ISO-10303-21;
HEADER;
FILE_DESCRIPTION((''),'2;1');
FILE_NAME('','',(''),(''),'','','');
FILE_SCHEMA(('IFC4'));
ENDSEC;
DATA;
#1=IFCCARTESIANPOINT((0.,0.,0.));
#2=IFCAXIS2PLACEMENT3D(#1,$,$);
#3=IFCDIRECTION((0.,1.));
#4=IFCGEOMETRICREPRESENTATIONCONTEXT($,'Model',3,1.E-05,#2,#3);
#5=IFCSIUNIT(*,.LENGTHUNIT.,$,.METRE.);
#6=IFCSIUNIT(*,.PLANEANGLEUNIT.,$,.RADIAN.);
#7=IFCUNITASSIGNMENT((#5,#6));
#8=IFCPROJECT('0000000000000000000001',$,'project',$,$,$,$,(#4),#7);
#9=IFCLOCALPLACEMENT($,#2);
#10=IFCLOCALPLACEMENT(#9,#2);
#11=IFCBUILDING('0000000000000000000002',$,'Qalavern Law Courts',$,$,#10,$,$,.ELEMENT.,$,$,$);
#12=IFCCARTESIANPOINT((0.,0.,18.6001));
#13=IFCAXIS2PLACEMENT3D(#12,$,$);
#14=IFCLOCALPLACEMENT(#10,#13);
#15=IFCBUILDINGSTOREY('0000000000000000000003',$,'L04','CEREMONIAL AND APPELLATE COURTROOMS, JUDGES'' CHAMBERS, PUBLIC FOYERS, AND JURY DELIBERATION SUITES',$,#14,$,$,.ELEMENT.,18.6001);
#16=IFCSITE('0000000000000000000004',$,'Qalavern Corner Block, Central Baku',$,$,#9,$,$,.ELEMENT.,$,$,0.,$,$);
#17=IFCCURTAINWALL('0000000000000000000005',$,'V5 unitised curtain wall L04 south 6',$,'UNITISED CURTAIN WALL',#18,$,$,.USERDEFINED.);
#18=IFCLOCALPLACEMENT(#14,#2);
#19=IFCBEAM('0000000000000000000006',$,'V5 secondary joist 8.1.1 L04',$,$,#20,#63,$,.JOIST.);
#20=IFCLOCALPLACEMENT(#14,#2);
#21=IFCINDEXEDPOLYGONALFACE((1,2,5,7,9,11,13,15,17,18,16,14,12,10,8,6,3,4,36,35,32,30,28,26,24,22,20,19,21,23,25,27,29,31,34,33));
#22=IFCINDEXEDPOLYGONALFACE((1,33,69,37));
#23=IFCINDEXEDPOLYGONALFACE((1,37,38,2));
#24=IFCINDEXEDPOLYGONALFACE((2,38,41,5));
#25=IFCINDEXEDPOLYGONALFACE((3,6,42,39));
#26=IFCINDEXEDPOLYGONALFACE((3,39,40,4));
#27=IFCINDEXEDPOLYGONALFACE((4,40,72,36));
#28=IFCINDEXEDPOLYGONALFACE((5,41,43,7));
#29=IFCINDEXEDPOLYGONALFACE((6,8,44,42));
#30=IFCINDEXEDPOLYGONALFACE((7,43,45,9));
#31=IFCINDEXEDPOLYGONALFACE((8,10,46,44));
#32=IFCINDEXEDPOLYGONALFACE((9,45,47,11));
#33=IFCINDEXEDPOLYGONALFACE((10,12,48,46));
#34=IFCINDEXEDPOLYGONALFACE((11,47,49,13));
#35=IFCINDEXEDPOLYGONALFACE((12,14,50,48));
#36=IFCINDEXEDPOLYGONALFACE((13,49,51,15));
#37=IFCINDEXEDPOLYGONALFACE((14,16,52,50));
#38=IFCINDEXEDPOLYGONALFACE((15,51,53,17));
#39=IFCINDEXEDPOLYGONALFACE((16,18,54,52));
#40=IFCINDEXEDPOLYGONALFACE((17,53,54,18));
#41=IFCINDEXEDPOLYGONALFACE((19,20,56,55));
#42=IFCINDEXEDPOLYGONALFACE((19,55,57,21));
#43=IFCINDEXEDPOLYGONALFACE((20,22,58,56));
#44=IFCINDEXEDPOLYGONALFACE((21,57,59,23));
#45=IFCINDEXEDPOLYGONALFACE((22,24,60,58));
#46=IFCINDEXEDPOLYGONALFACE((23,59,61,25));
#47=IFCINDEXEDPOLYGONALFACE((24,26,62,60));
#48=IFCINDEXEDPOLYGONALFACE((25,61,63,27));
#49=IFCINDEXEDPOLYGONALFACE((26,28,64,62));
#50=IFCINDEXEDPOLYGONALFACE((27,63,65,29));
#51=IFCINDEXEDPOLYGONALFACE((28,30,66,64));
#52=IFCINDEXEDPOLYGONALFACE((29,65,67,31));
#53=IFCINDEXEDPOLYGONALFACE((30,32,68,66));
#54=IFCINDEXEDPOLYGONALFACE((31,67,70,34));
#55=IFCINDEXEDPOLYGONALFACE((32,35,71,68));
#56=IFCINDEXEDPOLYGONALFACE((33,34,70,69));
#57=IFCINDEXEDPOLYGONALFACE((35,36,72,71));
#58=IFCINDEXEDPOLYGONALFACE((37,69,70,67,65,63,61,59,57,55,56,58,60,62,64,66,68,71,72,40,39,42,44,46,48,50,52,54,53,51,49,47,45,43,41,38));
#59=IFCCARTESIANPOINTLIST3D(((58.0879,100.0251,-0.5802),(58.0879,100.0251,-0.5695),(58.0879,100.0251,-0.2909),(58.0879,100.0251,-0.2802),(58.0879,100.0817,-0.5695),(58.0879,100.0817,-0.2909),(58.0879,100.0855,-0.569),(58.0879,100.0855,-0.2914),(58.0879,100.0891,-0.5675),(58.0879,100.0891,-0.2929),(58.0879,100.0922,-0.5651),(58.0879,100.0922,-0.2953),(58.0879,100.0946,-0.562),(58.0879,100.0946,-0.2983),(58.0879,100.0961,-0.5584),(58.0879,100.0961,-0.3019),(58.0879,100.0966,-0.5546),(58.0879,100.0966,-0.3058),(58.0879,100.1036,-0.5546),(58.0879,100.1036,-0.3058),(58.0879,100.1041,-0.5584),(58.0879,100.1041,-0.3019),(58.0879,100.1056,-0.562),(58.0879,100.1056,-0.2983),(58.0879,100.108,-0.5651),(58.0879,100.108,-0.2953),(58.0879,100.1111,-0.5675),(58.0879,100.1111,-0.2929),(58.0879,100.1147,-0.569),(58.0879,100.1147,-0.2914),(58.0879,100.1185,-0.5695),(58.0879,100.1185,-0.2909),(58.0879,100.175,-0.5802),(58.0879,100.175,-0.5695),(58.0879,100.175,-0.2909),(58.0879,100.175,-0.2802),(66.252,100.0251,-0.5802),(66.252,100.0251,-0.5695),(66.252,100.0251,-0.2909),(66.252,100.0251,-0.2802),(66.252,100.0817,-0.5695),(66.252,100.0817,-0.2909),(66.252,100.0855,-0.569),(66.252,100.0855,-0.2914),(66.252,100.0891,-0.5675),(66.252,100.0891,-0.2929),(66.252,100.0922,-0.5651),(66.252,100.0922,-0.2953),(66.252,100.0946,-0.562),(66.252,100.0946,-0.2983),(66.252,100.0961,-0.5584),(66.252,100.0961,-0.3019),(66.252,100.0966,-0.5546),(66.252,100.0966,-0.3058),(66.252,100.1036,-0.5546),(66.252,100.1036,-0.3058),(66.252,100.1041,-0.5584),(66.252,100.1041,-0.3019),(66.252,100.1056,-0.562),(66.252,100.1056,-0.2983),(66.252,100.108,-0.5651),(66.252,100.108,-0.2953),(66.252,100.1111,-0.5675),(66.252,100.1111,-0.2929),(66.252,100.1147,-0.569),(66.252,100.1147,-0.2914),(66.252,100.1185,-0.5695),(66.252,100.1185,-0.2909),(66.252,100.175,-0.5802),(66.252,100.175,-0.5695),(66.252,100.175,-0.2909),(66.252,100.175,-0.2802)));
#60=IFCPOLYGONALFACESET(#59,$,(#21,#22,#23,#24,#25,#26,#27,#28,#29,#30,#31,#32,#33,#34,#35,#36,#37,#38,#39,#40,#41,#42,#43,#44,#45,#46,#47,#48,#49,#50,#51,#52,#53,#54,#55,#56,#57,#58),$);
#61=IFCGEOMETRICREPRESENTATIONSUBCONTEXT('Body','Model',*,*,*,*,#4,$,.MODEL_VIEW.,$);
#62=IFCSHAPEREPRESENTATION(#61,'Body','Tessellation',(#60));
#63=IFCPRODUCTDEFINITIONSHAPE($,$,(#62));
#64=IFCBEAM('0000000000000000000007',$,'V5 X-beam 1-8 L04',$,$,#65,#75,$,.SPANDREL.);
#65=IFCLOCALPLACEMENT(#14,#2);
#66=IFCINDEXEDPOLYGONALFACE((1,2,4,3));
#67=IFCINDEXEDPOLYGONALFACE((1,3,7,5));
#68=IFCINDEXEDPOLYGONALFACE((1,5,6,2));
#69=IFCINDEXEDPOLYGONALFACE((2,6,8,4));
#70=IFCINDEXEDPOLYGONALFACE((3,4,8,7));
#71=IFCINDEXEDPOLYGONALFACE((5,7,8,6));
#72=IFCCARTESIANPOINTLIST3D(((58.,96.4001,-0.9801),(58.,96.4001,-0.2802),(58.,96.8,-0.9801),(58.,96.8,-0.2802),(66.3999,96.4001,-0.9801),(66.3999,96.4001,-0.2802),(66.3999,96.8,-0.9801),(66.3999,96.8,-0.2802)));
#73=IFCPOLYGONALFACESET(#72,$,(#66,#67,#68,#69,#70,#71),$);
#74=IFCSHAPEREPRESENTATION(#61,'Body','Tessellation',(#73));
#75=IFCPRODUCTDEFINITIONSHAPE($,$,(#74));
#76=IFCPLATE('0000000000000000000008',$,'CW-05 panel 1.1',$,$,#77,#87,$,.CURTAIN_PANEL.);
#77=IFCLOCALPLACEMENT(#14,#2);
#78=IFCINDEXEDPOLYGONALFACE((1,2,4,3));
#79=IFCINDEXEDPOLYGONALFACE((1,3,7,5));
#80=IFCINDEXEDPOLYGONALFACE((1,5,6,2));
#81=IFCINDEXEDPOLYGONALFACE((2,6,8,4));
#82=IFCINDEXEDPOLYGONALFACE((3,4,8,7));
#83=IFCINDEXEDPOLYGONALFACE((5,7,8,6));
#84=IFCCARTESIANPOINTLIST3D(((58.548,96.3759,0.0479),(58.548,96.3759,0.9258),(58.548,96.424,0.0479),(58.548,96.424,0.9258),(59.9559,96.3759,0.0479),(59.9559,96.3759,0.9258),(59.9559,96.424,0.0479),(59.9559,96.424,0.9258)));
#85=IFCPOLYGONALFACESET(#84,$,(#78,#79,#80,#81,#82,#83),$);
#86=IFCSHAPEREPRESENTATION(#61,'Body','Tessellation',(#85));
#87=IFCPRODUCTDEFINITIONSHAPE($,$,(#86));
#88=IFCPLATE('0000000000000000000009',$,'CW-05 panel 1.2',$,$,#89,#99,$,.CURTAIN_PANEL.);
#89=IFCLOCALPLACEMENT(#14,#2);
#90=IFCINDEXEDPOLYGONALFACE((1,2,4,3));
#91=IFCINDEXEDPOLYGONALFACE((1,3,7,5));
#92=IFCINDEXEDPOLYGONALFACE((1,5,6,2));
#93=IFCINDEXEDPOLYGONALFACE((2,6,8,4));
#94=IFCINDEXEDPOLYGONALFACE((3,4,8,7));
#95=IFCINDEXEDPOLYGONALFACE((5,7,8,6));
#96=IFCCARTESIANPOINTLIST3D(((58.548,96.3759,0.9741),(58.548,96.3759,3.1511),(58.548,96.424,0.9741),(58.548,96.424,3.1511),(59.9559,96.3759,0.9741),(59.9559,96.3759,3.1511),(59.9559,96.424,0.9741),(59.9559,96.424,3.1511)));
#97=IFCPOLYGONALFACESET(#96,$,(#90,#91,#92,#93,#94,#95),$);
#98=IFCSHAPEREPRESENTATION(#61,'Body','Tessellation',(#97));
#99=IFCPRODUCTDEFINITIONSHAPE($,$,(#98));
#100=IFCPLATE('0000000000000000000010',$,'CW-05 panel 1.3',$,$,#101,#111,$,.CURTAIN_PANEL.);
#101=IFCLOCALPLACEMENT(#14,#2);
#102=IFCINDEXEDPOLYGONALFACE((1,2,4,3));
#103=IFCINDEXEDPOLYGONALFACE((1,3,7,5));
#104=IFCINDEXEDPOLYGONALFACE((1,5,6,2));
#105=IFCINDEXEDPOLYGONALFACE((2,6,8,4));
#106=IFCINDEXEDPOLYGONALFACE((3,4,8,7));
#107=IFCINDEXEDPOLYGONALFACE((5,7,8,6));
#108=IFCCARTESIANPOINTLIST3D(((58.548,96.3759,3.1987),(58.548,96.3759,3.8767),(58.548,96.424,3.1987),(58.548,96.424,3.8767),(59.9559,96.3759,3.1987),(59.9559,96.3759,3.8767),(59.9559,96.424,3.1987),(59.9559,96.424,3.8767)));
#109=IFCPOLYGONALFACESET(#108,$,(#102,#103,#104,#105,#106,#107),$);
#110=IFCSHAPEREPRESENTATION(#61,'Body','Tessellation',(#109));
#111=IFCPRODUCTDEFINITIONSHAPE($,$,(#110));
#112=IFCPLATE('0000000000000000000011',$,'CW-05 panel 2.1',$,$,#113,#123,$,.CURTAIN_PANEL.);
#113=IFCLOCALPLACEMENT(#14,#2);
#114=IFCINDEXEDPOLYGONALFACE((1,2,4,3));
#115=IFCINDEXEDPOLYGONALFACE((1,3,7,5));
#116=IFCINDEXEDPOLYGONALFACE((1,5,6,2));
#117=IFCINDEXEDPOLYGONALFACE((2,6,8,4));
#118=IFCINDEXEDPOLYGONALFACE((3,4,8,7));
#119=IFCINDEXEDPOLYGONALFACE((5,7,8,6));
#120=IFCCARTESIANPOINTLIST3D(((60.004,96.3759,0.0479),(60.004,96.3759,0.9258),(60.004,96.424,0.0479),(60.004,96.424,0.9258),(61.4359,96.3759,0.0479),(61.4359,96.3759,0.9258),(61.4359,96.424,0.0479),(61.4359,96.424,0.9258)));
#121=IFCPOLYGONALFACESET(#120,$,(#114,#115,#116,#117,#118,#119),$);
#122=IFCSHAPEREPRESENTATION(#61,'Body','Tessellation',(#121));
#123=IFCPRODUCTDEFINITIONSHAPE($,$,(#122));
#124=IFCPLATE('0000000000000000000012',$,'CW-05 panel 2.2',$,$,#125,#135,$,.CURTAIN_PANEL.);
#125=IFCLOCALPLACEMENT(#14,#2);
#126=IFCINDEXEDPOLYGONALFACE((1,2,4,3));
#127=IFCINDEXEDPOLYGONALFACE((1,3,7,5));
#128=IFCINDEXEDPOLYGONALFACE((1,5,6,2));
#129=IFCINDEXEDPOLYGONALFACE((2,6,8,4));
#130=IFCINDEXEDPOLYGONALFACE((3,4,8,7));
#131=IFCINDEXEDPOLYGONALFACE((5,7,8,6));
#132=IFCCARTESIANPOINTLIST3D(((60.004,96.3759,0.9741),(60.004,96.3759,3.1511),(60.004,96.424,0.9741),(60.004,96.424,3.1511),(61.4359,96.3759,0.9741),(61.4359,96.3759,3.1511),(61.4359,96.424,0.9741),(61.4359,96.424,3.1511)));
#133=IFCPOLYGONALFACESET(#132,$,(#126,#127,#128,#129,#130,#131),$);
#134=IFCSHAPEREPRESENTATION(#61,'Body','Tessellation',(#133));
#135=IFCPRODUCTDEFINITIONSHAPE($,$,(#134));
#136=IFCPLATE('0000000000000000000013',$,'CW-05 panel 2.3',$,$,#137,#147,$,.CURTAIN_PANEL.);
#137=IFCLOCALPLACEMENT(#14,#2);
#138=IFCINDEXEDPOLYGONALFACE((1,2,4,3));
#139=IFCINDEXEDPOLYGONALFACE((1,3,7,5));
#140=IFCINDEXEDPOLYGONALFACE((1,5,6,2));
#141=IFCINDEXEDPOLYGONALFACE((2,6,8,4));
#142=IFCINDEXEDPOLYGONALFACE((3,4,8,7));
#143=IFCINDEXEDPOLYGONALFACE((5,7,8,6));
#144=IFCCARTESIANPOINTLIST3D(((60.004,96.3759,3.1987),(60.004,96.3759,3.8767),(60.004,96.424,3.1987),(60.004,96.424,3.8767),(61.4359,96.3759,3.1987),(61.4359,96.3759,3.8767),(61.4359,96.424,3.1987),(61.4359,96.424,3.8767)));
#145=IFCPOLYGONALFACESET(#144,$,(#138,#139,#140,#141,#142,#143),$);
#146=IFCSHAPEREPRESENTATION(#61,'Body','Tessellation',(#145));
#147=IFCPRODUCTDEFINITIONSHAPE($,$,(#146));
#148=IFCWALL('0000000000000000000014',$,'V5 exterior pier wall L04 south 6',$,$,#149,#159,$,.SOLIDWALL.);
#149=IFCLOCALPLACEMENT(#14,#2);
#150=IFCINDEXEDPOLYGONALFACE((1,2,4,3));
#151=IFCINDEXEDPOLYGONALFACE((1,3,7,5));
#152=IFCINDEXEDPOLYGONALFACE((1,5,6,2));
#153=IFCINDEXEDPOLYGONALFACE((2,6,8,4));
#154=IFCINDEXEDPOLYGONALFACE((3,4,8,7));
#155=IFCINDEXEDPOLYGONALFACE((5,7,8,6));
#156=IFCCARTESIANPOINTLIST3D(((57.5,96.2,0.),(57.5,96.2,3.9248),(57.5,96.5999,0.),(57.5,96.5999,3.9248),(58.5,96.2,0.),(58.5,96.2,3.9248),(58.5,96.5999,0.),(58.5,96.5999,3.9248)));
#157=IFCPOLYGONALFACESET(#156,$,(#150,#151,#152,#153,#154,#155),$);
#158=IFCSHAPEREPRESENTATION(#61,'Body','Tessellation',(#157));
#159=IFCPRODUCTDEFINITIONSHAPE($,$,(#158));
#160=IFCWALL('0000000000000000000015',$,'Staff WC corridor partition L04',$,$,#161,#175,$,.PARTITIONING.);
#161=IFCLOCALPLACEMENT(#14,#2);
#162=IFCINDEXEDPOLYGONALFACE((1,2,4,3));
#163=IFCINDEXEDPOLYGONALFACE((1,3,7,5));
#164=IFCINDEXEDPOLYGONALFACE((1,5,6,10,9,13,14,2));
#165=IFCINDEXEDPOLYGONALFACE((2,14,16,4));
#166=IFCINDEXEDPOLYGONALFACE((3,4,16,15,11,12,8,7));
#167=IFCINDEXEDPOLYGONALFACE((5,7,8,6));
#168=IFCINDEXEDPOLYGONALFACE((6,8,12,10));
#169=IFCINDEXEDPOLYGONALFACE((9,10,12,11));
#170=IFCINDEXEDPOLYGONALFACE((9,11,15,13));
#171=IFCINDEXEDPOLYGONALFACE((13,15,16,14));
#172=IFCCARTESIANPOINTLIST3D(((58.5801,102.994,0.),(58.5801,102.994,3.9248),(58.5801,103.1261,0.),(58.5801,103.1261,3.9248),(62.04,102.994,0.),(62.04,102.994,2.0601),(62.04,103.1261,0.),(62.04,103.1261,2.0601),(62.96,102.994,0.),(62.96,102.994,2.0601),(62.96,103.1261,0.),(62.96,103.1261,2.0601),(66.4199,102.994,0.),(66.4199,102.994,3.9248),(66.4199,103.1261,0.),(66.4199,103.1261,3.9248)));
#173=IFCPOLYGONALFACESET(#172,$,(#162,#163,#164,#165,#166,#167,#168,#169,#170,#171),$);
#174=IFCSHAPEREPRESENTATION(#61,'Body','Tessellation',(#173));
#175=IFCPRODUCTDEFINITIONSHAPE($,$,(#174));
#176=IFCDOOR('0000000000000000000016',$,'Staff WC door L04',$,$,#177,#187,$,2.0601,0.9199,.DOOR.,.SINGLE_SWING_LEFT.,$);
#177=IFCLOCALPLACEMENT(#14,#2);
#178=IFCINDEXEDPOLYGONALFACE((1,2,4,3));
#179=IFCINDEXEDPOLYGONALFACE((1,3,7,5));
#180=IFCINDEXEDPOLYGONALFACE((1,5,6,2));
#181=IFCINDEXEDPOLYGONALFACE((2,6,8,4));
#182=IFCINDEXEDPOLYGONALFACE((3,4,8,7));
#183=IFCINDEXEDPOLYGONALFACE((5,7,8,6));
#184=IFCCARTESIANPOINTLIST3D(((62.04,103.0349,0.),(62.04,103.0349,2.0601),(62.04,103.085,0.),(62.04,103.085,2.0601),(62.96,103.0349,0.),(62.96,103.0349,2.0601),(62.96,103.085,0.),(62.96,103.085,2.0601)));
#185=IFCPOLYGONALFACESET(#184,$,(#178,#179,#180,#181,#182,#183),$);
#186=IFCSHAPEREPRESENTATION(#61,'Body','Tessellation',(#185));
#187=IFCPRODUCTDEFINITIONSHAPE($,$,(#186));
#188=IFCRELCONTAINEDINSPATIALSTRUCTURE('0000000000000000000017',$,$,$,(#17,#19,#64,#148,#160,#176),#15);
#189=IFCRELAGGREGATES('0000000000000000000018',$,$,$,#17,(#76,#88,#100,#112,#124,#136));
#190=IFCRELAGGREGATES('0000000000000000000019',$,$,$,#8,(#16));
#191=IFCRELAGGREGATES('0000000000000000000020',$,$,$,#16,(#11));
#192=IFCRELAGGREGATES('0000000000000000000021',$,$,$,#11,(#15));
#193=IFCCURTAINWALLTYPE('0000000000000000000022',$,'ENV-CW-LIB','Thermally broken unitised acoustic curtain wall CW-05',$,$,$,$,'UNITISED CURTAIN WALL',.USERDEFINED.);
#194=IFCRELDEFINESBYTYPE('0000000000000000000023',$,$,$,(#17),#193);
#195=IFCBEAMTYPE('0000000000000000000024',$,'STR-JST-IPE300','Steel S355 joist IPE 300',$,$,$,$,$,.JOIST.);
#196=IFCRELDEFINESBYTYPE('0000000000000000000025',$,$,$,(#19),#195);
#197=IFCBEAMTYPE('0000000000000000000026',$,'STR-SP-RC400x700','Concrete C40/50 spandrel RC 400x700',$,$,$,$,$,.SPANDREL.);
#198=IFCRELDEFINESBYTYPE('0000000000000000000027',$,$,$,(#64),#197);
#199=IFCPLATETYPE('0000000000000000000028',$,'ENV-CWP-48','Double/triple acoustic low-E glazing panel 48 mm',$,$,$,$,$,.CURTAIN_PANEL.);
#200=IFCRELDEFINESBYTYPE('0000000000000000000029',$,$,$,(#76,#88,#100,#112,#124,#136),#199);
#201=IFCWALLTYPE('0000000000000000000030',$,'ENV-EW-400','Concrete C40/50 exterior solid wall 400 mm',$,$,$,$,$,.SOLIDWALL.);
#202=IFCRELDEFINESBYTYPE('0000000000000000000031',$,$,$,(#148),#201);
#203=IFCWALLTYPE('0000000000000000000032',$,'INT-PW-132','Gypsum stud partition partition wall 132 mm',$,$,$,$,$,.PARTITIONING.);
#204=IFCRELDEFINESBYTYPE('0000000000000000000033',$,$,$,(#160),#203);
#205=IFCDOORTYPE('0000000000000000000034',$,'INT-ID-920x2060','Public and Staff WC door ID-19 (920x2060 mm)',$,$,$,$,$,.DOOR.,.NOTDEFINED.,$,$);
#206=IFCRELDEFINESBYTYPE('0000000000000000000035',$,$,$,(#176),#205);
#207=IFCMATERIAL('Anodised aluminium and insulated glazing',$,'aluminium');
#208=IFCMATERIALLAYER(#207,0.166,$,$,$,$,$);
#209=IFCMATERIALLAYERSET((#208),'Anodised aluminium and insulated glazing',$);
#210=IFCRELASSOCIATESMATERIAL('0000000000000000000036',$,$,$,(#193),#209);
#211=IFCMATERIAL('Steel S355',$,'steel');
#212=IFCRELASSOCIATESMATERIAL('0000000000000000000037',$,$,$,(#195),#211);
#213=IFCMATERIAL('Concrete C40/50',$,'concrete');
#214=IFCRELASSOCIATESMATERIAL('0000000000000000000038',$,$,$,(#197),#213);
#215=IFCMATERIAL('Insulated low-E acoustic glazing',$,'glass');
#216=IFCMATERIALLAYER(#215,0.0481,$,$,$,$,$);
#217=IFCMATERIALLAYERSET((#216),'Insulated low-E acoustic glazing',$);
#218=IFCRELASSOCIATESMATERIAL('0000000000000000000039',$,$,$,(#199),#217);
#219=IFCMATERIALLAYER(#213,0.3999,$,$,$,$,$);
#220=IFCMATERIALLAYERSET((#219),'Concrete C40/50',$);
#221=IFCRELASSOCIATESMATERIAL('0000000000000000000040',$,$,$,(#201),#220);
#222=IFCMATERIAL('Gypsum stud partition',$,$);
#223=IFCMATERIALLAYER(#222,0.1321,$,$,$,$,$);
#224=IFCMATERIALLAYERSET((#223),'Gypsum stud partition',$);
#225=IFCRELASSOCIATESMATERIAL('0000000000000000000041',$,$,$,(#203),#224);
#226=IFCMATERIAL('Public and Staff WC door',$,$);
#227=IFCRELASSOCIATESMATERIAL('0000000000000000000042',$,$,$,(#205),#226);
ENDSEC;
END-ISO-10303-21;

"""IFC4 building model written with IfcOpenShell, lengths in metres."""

from ifc_helpers import new_model, si_unit, direction, frame, frame_2d, origin, origin_2d, place, context, subcontext, project, spatial, rectangle, i_section, extrude, material, layer, layer_set, material_profile, profile_set, type_object, element, fill, aggregate, save


model = new_model("IFC4")

# Units and contexts
model_context = context("Model", 3, precision=1e-05, world=origin(), true_north=direction((0.0, 1.0)))
body_context = subcontext(model_context, "Body", "Model", "MODEL_VIEW")
ifc_project = project(units=[si_unit("LENGTHUNIT", "METRE"), si_unit("PLANEANGLEUNIT", "RADIAN")], contexts=[model_context])

# Site, building, storey
site_placement = place(None, origin())
site = spatial("IfcSite", under=ifc_project, at=site_placement, Name="Qalavern Corner Block, Central Baku", CompositionType="ELEMENT", RefElevation=0.0)
building_placement = place(site_placement, origin())
building = spatial("IfcBuilding", under=site, at=building_placement, Name="Qalavern Law Courts", CompositionType="ELEMENT")
storey_placement = place(building_placement, frame((0.0, 0.0, 18.6001)))
storey = spatial("IfcBuildingStorey", under=building, at=storey_placement, Name="L04", Description="CEREMONIAL AND APPELLATE COURTROOMS, JUDGES' CHAMBERS, PUBLIC FOYERS, AND JURY DELIBERATION SUITES", CompositionType="ELEMENT", Elevation=18.6001)

# Shared definitions
ifc_material_1 = material(Name="Anodised aluminium and insulated glazing", Category="aluminium")
ifc_layer_1 = layer(ifc_material_1, 0.166)
ifc_layer_set_1 = layer_set([ifc_layer_1], Name="Anodised aluminium and insulated glazing")
curtain_wall_type = type_object("IfcCurtainWallType", Name="ENV-CW-LIB", Description="Thermally broken unitised acoustic curtain wall CW-05", ElementType="UNITISED CURTAIN WALL", PredefinedType="USERDEFINED", material=ifc_layer_set_1)

# Curtain wall
curtain_wall_1_placement = place(storey_placement, origin())
curtain_wall_1 = element("IfcCurtainWall", 1, at=curtain_wall_1_placement, inside=storey, type_object=curtain_wall_type, Name="V5 unitised curtain wall L04 south 6", ObjectType="UNITISED CURTAIN WALL", PredefinedType="USERDEFINED")

# Beams
ifc_material_2 = material(Name="Steel S355", Category="steel")
ifc_material_3 = material(Name="Concrete C40/50", Category="concrete")
ifc_material_profile_1 = material_profile(ifc_material_2, i_section(OverallWidth=0.1499, OverallDepth=0.3, WebThickness=0.0071, FlangeThickness=0.0107, FilletRadius=0.0149, at=origin_2d()), Name="IPE 300")
ifc_profile_set_1 = profile_set([ifc_material_profile_1], Name="Steel S355")
beam_type_1 = type_object("IfcBeamType", Name="STR-JST-IPE300", Description="Steel S355 joist IPE 300", PredefinedType="JOIST", material=ifc_profile_set_1)
beam_1_placement = place(storey_placement, frame((58.0879, 100.1001, -0.4302), z_axis=(1.0, 0.0, 0.0), x_axis=(0.0, 1.0, 0.0)))
element("IfcBeam", 2, at=beam_1_placement, inside=storey, type_object=beam_type_1, Name="V5 secondary joist 8.1.1 L04", PredefinedType="JOIST", context=body_context, shape_type="SweptSolid", body=[
    extrude(i_section(OverallWidth=0.1499, OverallDepth=0.3, WebThickness=0.0071, FlangeThickness=0.0107, FilletRadius=0.0149, at=origin_2d()), origin(), (0.0, 0.0, 1.0), 8.1641),
])
ifc_material_profile_2 = material_profile(ifc_material_3, rectangle(XDim=0.3999, YDim=0.7, at=origin_2d()), Name="RC 400x700")
ifc_profile_set_2 = profile_set([ifc_material_profile_2], Name="Concrete C40/50")
beam_type_2 = type_object("IfcBeamType", Name="STR-SP-RC400x700", Description="Concrete C40/50 spandrel RC 400x700", PredefinedType="SPANDREL", material=ifc_profile_set_2)
beam_2_placement = place(storey_placement, frame((58.0, 96.6001, -0.6301), z_axis=(1.0, 0.0, 0.0), x_axis=(0.0, 1.0, 0.0)))
element("IfcBeam", 3, at=beam_2_placement, inside=storey, type_object=beam_type_2, Name="V5 X-beam 1-8 L04", PredefinedType="SPANDREL", context=body_context, shape_type="SweptSolid", body=[
    extrude(rectangle(XDim=0.3999, YDim=0.7, at=origin_2d()), origin(), (0.0, 0.0, 1.0), 8.3999),
])

# Plates
ifc_material_4 = material(Name="Insulated low-E acoustic glazing", Category="glass")
ifc_layer_2 = layer(ifc_material_4, 0.0481)
ifc_layer_set_2 = layer_set([ifc_layer_2], Name="Insulated low-E acoustic glazing")
plate_type = type_object("IfcPlateType", Name="ENV-CWP-48", Description="Double/triple acoustic low-E glazing panel 48 mm", PredefinedType="CURTAIN_PANEL", material=ifc_layer_set_2)
plate_1_placement = place(storey_placement, frame((59.252, 96.3999, 0.0479), z_axis=(0.0, 0.0, 1.0), x_axis=(1.0, 0.0, 0.0)))
plate_1 = element("IfcPlate", 4, at=plate_1_placement, type_object=plate_type, Name="CW-05 panel 1.1", PredefinedType="CURTAIN_PANEL", context=body_context, shape_type="SweptSolid", body=[
    extrude(rectangle(XDim=1.408, YDim=0.0481, at=origin_2d()), origin(), (0.0, 0.0, 1.0), 0.8779),
])
plate_2_placement = place(storey_placement, frame((59.252, 96.3999, 0.9741), z_axis=(0.0, 0.0, 1.0), x_axis=(1.0, 0.0, 0.0)))
plate_2 = element("IfcPlate", 5, at=plate_2_placement, type_object=plate_type, Name="CW-05 panel 1.2", PredefinedType="CURTAIN_PANEL", context=body_context, shape_type="SweptSolid", body=[
    extrude(rectangle(XDim=1.408, YDim=0.0481, at=origin_2d()), origin(), (0.0, 0.0, 1.0), 2.177),
])
plate_3_placement = place(storey_placement, frame((59.252, 96.3999, 3.1987), z_axis=(0.0, 0.0, 1.0), x_axis=(1.0, 0.0, 0.0)))
plate_3 = element("IfcPlate", 6, at=plate_3_placement, type_object=plate_type, Name="CW-05 panel 1.3", PredefinedType="CURTAIN_PANEL", context=body_context, shape_type="SweptSolid", body=[
    extrude(rectangle(XDim=1.408, YDim=0.0481, at=origin_2d()), origin(), (0.0, 0.0, 1.0), 0.678),
])
plate_4_placement = place(storey_placement, frame((60.72, 96.3999, 0.0479), z_axis=(0.0, 0.0, 1.0), x_axis=(1.0, 0.0, 0.0)))
plate_4 = element("IfcPlate", 7, at=plate_4_placement, type_object=plate_type, Name="CW-05 panel 2.1", PredefinedType="CURTAIN_PANEL", context=body_context, shape_type="SweptSolid", body=[
    extrude(rectangle(XDim=1.4319, YDim=0.0481, at=origin_2d()), origin(), (0.0, 0.0, 1.0), 0.8779),
])
plate_5_placement = place(storey_placement, frame((60.72, 96.3999, 0.9741), z_axis=(0.0, 0.0, 1.0), x_axis=(1.0, 0.0, 0.0)))
plate_5 = element("IfcPlate", 8, at=plate_5_placement, type_object=plate_type, Name="CW-05 panel 2.2", PredefinedType="CURTAIN_PANEL", context=body_context, shape_type="SweptSolid", body=[
    extrude(rectangle(XDim=1.4319, YDim=0.0481, at=origin_2d()), origin(), (0.0, 0.0, 1.0), 2.177),
])
plate_6_placement = place(storey_placement, frame((60.72, 96.3999, 3.1987), z_axis=(0.0, 0.0, 1.0), x_axis=(1.0, 0.0, 0.0)))
plate_6 = element("IfcPlate", 9, at=plate_6_placement, type_object=plate_type, Name="CW-05 panel 2.3", PredefinedType="CURTAIN_PANEL", context=body_context, shape_type="SweptSolid", body=[
    extrude(rectangle(XDim=1.4319, YDim=0.0481, at=origin_2d()), origin(), (0.0, 0.0, 1.0), 0.678),
])
aggregate(curtain_wall_1, [plate_1, plate_2, plate_3, plate_4, plate_5, plate_6])

# Wall
ifc_layer_3 = layer(ifc_material_3, 0.3999)
ifc_layer_set_3 = layer_set([ifc_layer_3], Name="Concrete C40/50")
wall_type_1 = type_object("IfcWallType", Name="ENV-EW-400", Description="Concrete C40/50 exterior solid wall 400 mm", PredefinedType="SOLIDWALL", material=ifc_layer_set_3)
wall_1_placement = place(storey_placement, frame((57.5, 96.3999, 0.0), z_axis=(0.0, 0.0, 1.0), x_axis=(1.0, 0.0, 0.0)))
element("IfcWall", 10, at=wall_1_placement, inside=storey, type_object=wall_type_1, Name="V5 exterior pier wall L04 south 6", PredefinedType="SOLIDWALL", context=body_context, shape_type="SweptSolid", body=[
    extrude(rectangle(XDim=1.0, YDim=0.3999, at=frame_2d((0.5, 0.0))), origin(), (0.0, 0.0, 1.0), 3.9248),
])

# Wall, opening, door
ifc_material_5 = material(Name="Gypsum stud partition")
ifc_layer_4 = layer(ifc_material_5, 0.1321)
ifc_layer_set_4 = layer_set([ifc_layer_4], Name="Gypsum stud partition")
wall_type_2 = type_object("IfcWallType", Name="INT-PW-132", Description="Gypsum stud partition partition wall 132 mm", PredefinedType="PARTITIONING", material=ifc_layer_set_4)
wall_2_placement = place(storey_placement, frame((58.5801, 103.0601, 0.0), z_axis=(0.0, 0.0, 1.0), x_axis=(1.0, 0.0, 0.0)))
wall_2 = element("IfcWall", 11, at=wall_2_placement, inside=storey, type_object=wall_type_2, Name="Staff WC corridor partition L04", PredefinedType="PARTITIONING", context=body_context, shape_type="SweptSolid", body=[
    extrude(rectangle(XDim=7.8398, YDim=0.1321, at=frame_2d((3.9199, 0.0))), origin(), (0.0, 0.0, 1.0), 3.9248),
])
opening_placement = place(wall_2_placement, frame((3.46, 0.0, 0.0)))
opening = element("IfcOpeningElement", 12, at=opening_placement, cuts=wall_2, PredefinedType="OPENING", context=body_context, shape_type="SweptSolid", body=[
    extrude(rectangle(XDim=0.9199, YDim=2.0601, at=frame_2d((0.46, 1.03))), frame((0.0, 0.0811, 0.0), z_axis=(0.0, -1.0, 0.0), x_axis=(1.0, 0.0, 0.0)), (0.0, 0.0, 1.0), 0.1619),
])
ifc_material_6 = material(Name="Public and Staff WC door")
door_type = type_object("IfcDoorType", Name="INT-ID-920x2060", Description="Public and Staff WC door ID-19 (920x2060 mm)", OperationType="NOTDEFINED", PredefinedType="DOOR", material=ifc_material_6)
door_placement = place(opening_placement, origin())
door = element("IfcDoor", 13, at=door_placement, inside=storey, type_object=door_type, Name="Staff WC door L04", OperationType="SINGLE_SWING_LEFT", OverallHeight=2.0601, OverallWidth=0.9199, PredefinedType="DOOR", context=body_context, shape_type="SweptSolid", body=[
    extrude(rectangle(XDim=0.9199, YDim=2.0601, at=frame_2d((0.46, 1.03))), frame((0.0, 0.0249, 0.0), z_axis=(0.0, -1.0, 0.0), x_axis=(1.0, 0.0, 0.0)), (0.0, 0.0, 1.0), 0.05),
])
fill(opening, door)

save(model, "model.ifc")
